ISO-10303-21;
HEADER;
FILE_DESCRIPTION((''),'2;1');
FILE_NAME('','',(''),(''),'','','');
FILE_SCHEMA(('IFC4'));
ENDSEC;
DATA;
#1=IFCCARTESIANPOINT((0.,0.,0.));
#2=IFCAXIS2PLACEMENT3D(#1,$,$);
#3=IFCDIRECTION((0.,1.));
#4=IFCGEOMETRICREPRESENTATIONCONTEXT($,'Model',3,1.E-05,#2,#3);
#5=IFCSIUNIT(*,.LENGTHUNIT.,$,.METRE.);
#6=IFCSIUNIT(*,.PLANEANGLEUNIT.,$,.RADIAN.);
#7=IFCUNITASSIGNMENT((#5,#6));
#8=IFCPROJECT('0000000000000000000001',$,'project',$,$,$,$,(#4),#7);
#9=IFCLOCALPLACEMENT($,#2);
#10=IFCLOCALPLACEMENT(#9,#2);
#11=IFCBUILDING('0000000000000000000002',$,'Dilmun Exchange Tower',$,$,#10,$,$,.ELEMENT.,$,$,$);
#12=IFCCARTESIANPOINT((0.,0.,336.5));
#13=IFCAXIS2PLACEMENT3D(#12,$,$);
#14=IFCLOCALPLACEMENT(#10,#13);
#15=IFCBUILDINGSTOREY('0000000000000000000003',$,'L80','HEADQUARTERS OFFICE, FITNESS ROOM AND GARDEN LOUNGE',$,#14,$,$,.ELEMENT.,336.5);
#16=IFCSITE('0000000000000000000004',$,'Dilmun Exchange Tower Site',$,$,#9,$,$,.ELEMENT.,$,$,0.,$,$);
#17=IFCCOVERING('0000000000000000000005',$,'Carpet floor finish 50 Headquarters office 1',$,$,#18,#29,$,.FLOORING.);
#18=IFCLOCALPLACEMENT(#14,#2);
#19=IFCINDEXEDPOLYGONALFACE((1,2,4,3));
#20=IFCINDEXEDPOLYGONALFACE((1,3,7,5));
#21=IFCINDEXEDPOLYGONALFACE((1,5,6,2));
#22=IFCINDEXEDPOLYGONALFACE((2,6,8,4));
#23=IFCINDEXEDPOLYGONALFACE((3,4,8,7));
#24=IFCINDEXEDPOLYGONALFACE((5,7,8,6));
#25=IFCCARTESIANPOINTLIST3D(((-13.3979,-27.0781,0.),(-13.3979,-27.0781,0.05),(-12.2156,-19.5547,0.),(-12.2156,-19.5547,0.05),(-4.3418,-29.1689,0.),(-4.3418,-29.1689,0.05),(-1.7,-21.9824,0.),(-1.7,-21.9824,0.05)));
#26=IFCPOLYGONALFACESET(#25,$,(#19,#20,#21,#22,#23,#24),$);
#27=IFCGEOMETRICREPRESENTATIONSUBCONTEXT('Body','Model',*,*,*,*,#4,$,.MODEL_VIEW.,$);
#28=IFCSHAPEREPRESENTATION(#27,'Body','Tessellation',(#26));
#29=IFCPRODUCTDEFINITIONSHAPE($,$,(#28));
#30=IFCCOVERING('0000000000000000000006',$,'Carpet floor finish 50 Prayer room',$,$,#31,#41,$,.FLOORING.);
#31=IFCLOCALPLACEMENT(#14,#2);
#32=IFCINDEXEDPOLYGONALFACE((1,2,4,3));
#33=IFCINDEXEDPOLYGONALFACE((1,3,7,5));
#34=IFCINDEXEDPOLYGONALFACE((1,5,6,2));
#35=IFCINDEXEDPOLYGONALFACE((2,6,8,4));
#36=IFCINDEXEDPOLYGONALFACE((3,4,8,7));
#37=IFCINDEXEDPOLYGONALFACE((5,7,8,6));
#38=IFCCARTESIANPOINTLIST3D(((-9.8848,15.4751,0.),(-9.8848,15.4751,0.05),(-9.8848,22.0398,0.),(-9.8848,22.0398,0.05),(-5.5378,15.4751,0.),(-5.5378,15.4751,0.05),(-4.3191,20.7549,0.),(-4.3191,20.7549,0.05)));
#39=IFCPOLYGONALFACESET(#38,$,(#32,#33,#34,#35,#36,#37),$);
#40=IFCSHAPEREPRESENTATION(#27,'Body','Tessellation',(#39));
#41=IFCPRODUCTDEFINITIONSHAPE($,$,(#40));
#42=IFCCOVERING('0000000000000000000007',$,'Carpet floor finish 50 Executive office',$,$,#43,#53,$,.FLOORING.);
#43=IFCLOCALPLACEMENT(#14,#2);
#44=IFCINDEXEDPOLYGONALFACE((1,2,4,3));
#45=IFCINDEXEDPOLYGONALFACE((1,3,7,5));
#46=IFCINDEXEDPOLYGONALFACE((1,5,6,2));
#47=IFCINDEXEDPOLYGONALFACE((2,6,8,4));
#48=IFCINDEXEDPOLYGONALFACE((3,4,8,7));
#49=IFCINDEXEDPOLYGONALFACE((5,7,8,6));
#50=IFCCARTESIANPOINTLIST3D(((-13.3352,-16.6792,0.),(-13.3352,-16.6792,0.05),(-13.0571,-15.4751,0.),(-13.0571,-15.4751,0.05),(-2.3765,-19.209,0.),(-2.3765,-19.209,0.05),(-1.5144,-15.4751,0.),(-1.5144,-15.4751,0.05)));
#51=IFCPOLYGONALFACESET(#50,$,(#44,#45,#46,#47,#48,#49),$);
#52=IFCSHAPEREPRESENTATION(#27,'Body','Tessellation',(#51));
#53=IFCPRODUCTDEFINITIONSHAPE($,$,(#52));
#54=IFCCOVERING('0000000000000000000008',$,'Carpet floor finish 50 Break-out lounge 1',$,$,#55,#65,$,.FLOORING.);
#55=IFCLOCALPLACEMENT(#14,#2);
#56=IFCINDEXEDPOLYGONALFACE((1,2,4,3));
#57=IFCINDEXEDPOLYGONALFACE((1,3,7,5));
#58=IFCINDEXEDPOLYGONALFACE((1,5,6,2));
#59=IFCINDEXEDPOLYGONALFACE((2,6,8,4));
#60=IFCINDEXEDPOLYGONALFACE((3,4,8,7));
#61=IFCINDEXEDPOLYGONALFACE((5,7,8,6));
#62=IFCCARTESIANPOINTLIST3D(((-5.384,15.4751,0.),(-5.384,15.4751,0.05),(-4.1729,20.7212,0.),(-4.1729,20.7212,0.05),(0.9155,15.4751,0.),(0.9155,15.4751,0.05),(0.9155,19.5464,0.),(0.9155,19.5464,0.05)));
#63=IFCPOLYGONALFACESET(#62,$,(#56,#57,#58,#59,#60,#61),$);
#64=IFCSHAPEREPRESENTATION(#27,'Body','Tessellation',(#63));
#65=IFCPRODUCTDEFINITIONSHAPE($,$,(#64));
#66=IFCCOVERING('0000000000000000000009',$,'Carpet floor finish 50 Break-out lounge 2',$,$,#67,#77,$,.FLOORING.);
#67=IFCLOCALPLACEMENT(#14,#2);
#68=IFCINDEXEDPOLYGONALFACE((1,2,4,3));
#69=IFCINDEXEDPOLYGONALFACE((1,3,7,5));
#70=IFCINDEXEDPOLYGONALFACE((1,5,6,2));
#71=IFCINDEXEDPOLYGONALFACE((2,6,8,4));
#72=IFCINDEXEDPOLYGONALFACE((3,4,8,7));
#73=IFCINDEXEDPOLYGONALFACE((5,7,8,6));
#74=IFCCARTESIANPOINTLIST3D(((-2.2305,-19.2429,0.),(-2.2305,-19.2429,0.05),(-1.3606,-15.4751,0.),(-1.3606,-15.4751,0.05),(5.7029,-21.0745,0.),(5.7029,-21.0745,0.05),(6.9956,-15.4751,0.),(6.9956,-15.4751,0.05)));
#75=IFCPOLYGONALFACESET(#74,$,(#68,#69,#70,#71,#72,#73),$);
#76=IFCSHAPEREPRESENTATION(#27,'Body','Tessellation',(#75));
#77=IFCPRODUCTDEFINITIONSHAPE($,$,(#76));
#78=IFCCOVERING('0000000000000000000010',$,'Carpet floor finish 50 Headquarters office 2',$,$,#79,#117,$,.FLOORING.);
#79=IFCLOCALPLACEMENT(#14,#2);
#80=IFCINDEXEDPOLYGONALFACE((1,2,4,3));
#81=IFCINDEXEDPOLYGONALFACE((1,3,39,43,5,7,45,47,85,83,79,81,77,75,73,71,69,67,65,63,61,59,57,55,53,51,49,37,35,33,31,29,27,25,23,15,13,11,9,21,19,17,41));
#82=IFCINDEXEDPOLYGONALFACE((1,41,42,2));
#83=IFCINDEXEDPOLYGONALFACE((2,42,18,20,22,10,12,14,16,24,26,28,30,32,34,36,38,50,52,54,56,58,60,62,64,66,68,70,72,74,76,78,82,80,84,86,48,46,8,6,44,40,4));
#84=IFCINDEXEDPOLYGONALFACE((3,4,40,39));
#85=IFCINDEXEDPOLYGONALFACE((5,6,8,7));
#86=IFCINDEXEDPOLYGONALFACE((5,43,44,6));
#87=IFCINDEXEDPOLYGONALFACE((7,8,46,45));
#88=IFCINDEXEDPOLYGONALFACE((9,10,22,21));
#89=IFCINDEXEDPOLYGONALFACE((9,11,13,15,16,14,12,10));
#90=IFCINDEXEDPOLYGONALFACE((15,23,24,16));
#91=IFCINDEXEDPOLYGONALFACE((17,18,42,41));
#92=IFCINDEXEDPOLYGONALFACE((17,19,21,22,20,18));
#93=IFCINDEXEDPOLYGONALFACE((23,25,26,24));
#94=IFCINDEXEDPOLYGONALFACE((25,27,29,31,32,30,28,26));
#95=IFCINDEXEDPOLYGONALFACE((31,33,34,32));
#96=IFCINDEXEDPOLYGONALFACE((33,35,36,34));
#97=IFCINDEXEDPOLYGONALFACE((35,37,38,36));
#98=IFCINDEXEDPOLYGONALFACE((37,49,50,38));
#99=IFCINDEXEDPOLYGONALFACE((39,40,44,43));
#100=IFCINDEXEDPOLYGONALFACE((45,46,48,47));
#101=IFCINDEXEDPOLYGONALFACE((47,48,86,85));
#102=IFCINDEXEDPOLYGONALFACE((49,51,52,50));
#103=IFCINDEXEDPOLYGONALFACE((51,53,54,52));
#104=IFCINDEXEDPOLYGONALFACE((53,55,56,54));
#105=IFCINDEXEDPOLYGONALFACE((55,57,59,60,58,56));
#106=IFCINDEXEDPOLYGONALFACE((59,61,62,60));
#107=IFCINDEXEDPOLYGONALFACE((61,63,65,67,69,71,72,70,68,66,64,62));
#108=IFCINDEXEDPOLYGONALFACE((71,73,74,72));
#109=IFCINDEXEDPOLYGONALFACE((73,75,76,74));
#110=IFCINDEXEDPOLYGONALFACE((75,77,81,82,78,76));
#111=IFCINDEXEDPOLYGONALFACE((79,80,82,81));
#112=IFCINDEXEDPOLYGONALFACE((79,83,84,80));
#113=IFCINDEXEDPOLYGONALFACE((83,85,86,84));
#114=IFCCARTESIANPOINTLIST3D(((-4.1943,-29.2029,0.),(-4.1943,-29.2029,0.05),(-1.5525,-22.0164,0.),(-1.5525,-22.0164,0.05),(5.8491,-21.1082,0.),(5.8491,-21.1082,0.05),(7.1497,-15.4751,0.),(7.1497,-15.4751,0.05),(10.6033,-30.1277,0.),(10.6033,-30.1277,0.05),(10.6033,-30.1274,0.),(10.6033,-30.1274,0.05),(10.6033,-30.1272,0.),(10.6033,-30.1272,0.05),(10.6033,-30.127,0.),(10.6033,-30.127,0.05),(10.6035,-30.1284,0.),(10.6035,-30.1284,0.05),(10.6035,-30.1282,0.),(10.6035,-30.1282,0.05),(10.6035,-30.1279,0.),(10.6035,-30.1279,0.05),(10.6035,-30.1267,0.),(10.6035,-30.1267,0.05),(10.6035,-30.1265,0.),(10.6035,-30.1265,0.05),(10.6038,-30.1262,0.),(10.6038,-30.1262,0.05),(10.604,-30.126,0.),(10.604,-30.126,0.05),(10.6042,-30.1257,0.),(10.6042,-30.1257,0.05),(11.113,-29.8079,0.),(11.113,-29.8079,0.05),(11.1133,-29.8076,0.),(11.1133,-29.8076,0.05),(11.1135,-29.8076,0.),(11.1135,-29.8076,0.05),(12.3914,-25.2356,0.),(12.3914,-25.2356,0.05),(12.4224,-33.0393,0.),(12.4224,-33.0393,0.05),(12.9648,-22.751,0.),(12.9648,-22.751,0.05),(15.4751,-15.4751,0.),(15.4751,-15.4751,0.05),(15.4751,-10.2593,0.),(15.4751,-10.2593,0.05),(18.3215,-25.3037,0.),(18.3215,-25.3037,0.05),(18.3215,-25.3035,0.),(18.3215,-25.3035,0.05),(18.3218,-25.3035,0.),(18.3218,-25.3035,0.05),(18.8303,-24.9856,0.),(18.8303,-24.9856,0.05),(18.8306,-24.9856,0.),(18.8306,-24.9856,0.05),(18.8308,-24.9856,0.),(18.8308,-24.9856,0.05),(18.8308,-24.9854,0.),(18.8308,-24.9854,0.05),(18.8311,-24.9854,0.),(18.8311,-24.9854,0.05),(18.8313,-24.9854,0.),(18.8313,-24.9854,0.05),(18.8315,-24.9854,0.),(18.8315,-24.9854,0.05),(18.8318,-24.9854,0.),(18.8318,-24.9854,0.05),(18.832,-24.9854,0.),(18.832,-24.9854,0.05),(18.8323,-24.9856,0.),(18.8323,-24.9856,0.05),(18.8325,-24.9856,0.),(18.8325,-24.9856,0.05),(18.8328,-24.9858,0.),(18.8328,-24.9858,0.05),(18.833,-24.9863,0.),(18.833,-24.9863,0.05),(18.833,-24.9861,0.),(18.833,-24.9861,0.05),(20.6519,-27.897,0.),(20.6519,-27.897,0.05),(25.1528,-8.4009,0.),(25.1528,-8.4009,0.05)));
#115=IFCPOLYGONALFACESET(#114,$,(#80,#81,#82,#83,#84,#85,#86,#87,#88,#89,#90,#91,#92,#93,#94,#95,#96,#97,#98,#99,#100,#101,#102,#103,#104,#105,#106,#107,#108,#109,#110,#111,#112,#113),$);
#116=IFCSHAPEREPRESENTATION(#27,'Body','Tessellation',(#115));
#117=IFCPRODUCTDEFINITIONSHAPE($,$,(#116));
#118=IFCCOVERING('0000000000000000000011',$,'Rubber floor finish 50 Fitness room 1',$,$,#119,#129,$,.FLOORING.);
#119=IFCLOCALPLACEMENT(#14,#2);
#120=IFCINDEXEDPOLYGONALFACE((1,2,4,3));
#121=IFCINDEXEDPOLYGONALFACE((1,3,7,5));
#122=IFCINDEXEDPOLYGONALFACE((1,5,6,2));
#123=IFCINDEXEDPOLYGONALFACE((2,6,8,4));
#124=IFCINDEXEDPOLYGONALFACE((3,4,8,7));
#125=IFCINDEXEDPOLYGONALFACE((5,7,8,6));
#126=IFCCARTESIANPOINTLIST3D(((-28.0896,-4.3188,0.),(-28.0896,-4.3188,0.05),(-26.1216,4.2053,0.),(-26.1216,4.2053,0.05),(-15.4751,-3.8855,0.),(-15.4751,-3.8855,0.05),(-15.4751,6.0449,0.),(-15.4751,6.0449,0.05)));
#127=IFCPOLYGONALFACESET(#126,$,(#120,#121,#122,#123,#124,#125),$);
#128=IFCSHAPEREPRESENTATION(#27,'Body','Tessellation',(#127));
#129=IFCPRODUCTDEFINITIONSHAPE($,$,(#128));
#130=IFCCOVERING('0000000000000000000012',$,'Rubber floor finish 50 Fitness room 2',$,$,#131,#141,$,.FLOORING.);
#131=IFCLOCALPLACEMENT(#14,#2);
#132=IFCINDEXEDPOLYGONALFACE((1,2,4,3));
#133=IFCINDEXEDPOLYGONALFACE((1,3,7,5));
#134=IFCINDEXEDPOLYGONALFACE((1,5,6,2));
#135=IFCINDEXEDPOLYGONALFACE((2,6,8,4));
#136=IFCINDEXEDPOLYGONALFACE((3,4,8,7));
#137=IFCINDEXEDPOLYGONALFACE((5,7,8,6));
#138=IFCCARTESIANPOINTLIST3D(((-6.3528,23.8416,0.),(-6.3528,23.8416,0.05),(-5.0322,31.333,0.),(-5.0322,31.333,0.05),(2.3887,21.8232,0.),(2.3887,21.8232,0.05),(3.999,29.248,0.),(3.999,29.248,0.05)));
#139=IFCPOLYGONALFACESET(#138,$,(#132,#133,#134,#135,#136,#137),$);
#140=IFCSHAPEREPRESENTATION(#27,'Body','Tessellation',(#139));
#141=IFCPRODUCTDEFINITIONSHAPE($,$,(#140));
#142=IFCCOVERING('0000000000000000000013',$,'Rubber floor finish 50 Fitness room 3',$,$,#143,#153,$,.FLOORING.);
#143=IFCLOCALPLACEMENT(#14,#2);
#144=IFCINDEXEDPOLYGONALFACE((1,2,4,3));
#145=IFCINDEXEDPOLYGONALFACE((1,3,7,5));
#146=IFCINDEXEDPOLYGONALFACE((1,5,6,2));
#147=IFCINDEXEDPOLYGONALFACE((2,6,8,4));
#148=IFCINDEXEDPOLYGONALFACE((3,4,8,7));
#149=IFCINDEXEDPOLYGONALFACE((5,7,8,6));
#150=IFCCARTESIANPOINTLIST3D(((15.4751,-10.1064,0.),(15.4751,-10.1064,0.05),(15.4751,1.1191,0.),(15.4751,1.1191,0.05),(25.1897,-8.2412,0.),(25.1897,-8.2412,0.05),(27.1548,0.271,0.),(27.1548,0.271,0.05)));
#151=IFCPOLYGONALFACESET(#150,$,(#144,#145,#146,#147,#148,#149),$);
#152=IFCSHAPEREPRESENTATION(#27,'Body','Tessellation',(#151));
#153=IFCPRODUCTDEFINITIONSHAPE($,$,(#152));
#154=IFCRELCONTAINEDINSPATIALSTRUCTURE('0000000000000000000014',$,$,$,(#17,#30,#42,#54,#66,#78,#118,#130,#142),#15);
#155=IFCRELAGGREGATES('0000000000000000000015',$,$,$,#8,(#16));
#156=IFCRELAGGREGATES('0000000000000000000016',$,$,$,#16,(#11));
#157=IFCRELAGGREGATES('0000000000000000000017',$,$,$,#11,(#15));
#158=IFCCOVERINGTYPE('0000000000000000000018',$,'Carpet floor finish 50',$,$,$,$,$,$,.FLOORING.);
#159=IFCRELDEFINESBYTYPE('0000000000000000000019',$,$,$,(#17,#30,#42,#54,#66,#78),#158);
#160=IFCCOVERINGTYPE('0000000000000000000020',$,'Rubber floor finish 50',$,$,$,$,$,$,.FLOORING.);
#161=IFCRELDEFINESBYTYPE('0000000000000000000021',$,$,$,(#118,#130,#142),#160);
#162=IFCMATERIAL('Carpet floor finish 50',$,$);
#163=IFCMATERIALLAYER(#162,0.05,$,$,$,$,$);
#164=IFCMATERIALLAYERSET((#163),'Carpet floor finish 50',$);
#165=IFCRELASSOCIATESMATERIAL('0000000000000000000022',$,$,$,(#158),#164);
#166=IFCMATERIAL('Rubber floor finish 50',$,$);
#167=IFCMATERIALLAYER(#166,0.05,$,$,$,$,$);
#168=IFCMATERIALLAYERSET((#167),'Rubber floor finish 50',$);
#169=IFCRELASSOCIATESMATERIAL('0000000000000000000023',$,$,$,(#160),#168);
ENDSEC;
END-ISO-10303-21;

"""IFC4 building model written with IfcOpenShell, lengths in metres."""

from ifc_helpers import new_model, si_unit, direction, frame, origin, place, context, subcontext, project, spatial, polyline, outline, extrude, material, layer, layer_set, type_object, element, save


model = new_model("IFC4")

# Units and contexts
model_context = context("Model", 3, precision=1e-05, world=origin(), true_north=direction((0.0, 1.0)))
body_context = subcontext(model_context, "Body", "Model", "MODEL_VIEW")
ifc_project = project(units=[si_unit("LENGTHUNIT", "METRE"), si_unit("PLANEANGLEUNIT", "RADIAN")], contexts=[model_context])

# Site, building, storey
site_placement = place(None, origin())
site = spatial("IfcSite", under=ifc_project, at=site_placement, Name="Dilmun Exchange Tower Site", CompositionType="ELEMENT", RefElevation=0.0)
building_placement = place(site_placement, origin())
building = spatial("IfcBuilding", under=site, at=building_placement, Name="Dilmun Exchange Tower", CompositionType="ELEMENT")
storey_placement = place(building_placement, frame((0.0, 0.0, 336.5)))
storey = spatial("IfcBuildingStorey", under=building, at=storey_placement, Name="L80", Description="HEADQUARTERS OFFICE, FITNESS ROOM AND GARDEN LOUNGE", CompositionType="ELEMENT", Elevation=336.5)

# Coverings
ifc_material_1 = material(Name="Carpet floor finish 50")
ifc_layer_1 = layer(ifc_material_1, 0.05)
ifc_layer_set_1 = layer_set([ifc_layer_1], Name="Carpet floor finish 50")
covering_type_1 = type_object("IfcCoveringType", Name="Carpet floor finish 50", PredefinedType="FLOORING", material=ifc_layer_set_1)
covering_1_placement = place(storey_placement, origin())
element("IfcCovering", 1, at=covering_1_placement, inside=storey, type_object=covering_type_1, Name="Carpet floor finish 50 Headquarters office 1", PredefinedType="FLOORING", context=body_context, shape_type="SweptSolid", body=[
    extrude(outline(polyline([(-12.2156, -19.5547), (-1.7, -21.9824), (-4.3418, -29.1689), (-13.3979, -27.0781), (-12.2156, -19.5547)])), origin(), (0.0, 0.0, 1.0), 0.05),
])
covering_2_placement = place(storey_placement, origin())
element("IfcCovering", 2, at=covering_2_placement, inside=storey, type_object=covering_type_1, Name="Carpet floor finish 50 Prayer room", PredefinedType="FLOORING", context=body_context, shape_type="SweptSolid", body=[
    extrude(outline(polyline([(-5.5378, 15.4751), (-9.8848, 15.4751), (-9.8848, 22.0398), (-4.3191, 20.7549), (-5.5378, 15.4751)])), origin(), (0.0, 0.0, 1.0), 0.05),
])
covering_3_placement = place(storey_placement, origin())
element("IfcCovering", 3, at=covering_3_placement, inside=storey, type_object=covering_type_1, Name="Carpet floor finish 50 Executive office", PredefinedType="FLOORING", context=body_context, shape_type="SweptSolid", body=[
    extrude(outline(polyline([(-13.3352, -16.6792), (-13.0571, -15.4751), (-1.5144, -15.4751), (-2.3765, -19.209), (-13.3352, -16.6792)])), origin(), (0.0, 0.0, 1.0), 0.05),
])
covering_4_placement = place(storey_placement, origin())
element("IfcCovering", 4, at=covering_4_placement, inside=storey, type_object=covering_type_1, Name="Carpet floor finish 50 Break-out lounge 1", PredefinedType="FLOORING", context=body_context, shape_type="SweptSolid", body=[
    extrude(outline(polyline([(0.9155, 15.4751), (-5.384, 15.4751), (-4.1729, 20.7212), (0.9155, 19.5464), (0.9155, 15.4751)])), origin(), (0.0, 0.0, 1.0), 0.05),
])
covering_5_placement = place(storey_placement, origin())
element("IfcCovering", 5, at=covering_5_placement, inside=storey, type_object=covering_type_1, Name="Carpet floor finish 50 Break-out lounge 2", PredefinedType="FLOORING", context=body_context, shape_type="SweptSolid", body=[
    extrude(outline(polyline([(-2.2305, -19.2429), (-1.3606, -15.4751), (6.9956, -15.4751), (5.7029, -21.0745), (-2.2305, -19.2429)])), origin(), (0.0, 0.0, 1.0), 0.05),
])
covering_6_placement = place(storey_placement, origin())
element("IfcCovering", 6, at=covering_6_placement, inside=storey, type_object=covering_type_1, Name="Carpet floor finish 50 Headquarters office 2", PredefinedType="FLOORING", context=body_context, shape_type="SweptSolid", body=[
    extrude(outline(polyline([(-1.5525, -22.0164), (12.3914, -25.2356), (12.9648, -22.751), (5.8491, -21.1082), (7.1497, -15.4751), (15.4751, -15.4751), (15.4751, -10.2593), (25.1528, -8.4009), (20.6519, -27.897), (18.833, -24.9863), (18.833, -24.9861), (18.833, -24.9861), (18.8328, -24.9858), (18.8325, -24.9856), (18.8325, -24.9856), (18.8323, -24.9856), (18.832, -24.9854), (18.8318, -24.9854), (18.8318, -24.9854), (18.8315, -24.9854), (18.8313, -24.9854), (18.8311, -24.9854), (18.8308, -24.9854), (18.8308, -24.9856), (18.8306, -24.9856), (18.8303, -24.9856), (18.3218, -25.3035), (18.3215, -25.3035), (18.3215, -25.3037), (11.1135, -29.8076), (11.1133, -29.8076), (11.1133, -29.8076), (11.113, -29.8079), (10.6042, -30.1257), (10.604, -30.126), (10.604, -30.126), (10.6038, -30.1262), (10.6038, -30.1262), (10.6035, -30.1265), (10.6035, -30.1267), (10.6035, -30.1267), (10.6033, -30.127), (10.6033, -30.1272), (10.6033, -30.1274), (10.6033, -30.1277), (10.6033, -30.1277), (10.6035, -30.1279), (10.6035, -30.1282), (10.6035, -30.1284), (10.6035, -30.1284), (12.4224, -33.0393), (-4.1943, -29.2029), (-1.5525, -22.0164)])), origin(), (0.0, 0.0, 1.0), 0.05),
])
ifc_material_2 = material(Name="Rubber floor finish 50")
ifc_layer_2 = layer(ifc_material_2, 0.05)
ifc_layer_set_2 = layer_set([ifc_layer_2], Name="Rubber floor finish 50")
covering_type_2 = type_object("IfcCoveringType", Name="Rubber floor finish 50", PredefinedType="FLOORING", material=ifc_layer_set_2)
covering_7_placement = place(storey_placement, origin())
element("IfcCovering", 7, at=covering_7_placement, inside=storey, type_object=covering_type_2, Name="Rubber floor finish 50 Fitness room 1", PredefinedType="FLOORING", context=body_context, shape_type="SweptSolid", body=[
    extrude(outline(polyline([(-15.4751, 6.0449), (-15.4751, -3.8855), (-28.0896, -4.3188), (-26.1216, 4.2053), (-15.4751, 6.0449)])), origin(), (0.0, 0.0, 1.0), 0.05),
])
covering_8_placement = place(storey_placement, origin())
element("IfcCovering", 8, at=covering_8_placement, inside=storey, type_object=covering_type_2, Name="Rubber floor finish 50 Fitness room 2", PredefinedType="FLOORING", context=body_context, shape_type="SweptSolid", body=[
    extrude(outline(polyline([(2.3887, 21.8232), (-6.3528, 23.8416), (-5.0322, 31.333), (3.999, 29.248), (2.3887, 21.8232)])), origin(), (0.0, 0.0, 1.0), 0.05),
])
covering_9_placement = place(storey_placement, origin())
element("IfcCovering", 9, at=covering_9_placement, inside=storey, type_object=covering_type_2, Name="Rubber floor finish 50 Fitness room 3", PredefinedType="FLOORING", context=body_context, shape_type="SweptSolid", body=[
    extrude(outline(polyline([(15.4751, -10.1064), (15.4751, 1.1191), (27.1548, 0.271), (25.1897, -8.2412), (15.4751, -10.1064)])), origin(), (0.0, 0.0, 1.0), 0.05),
])

save(model, "model.ifc")
